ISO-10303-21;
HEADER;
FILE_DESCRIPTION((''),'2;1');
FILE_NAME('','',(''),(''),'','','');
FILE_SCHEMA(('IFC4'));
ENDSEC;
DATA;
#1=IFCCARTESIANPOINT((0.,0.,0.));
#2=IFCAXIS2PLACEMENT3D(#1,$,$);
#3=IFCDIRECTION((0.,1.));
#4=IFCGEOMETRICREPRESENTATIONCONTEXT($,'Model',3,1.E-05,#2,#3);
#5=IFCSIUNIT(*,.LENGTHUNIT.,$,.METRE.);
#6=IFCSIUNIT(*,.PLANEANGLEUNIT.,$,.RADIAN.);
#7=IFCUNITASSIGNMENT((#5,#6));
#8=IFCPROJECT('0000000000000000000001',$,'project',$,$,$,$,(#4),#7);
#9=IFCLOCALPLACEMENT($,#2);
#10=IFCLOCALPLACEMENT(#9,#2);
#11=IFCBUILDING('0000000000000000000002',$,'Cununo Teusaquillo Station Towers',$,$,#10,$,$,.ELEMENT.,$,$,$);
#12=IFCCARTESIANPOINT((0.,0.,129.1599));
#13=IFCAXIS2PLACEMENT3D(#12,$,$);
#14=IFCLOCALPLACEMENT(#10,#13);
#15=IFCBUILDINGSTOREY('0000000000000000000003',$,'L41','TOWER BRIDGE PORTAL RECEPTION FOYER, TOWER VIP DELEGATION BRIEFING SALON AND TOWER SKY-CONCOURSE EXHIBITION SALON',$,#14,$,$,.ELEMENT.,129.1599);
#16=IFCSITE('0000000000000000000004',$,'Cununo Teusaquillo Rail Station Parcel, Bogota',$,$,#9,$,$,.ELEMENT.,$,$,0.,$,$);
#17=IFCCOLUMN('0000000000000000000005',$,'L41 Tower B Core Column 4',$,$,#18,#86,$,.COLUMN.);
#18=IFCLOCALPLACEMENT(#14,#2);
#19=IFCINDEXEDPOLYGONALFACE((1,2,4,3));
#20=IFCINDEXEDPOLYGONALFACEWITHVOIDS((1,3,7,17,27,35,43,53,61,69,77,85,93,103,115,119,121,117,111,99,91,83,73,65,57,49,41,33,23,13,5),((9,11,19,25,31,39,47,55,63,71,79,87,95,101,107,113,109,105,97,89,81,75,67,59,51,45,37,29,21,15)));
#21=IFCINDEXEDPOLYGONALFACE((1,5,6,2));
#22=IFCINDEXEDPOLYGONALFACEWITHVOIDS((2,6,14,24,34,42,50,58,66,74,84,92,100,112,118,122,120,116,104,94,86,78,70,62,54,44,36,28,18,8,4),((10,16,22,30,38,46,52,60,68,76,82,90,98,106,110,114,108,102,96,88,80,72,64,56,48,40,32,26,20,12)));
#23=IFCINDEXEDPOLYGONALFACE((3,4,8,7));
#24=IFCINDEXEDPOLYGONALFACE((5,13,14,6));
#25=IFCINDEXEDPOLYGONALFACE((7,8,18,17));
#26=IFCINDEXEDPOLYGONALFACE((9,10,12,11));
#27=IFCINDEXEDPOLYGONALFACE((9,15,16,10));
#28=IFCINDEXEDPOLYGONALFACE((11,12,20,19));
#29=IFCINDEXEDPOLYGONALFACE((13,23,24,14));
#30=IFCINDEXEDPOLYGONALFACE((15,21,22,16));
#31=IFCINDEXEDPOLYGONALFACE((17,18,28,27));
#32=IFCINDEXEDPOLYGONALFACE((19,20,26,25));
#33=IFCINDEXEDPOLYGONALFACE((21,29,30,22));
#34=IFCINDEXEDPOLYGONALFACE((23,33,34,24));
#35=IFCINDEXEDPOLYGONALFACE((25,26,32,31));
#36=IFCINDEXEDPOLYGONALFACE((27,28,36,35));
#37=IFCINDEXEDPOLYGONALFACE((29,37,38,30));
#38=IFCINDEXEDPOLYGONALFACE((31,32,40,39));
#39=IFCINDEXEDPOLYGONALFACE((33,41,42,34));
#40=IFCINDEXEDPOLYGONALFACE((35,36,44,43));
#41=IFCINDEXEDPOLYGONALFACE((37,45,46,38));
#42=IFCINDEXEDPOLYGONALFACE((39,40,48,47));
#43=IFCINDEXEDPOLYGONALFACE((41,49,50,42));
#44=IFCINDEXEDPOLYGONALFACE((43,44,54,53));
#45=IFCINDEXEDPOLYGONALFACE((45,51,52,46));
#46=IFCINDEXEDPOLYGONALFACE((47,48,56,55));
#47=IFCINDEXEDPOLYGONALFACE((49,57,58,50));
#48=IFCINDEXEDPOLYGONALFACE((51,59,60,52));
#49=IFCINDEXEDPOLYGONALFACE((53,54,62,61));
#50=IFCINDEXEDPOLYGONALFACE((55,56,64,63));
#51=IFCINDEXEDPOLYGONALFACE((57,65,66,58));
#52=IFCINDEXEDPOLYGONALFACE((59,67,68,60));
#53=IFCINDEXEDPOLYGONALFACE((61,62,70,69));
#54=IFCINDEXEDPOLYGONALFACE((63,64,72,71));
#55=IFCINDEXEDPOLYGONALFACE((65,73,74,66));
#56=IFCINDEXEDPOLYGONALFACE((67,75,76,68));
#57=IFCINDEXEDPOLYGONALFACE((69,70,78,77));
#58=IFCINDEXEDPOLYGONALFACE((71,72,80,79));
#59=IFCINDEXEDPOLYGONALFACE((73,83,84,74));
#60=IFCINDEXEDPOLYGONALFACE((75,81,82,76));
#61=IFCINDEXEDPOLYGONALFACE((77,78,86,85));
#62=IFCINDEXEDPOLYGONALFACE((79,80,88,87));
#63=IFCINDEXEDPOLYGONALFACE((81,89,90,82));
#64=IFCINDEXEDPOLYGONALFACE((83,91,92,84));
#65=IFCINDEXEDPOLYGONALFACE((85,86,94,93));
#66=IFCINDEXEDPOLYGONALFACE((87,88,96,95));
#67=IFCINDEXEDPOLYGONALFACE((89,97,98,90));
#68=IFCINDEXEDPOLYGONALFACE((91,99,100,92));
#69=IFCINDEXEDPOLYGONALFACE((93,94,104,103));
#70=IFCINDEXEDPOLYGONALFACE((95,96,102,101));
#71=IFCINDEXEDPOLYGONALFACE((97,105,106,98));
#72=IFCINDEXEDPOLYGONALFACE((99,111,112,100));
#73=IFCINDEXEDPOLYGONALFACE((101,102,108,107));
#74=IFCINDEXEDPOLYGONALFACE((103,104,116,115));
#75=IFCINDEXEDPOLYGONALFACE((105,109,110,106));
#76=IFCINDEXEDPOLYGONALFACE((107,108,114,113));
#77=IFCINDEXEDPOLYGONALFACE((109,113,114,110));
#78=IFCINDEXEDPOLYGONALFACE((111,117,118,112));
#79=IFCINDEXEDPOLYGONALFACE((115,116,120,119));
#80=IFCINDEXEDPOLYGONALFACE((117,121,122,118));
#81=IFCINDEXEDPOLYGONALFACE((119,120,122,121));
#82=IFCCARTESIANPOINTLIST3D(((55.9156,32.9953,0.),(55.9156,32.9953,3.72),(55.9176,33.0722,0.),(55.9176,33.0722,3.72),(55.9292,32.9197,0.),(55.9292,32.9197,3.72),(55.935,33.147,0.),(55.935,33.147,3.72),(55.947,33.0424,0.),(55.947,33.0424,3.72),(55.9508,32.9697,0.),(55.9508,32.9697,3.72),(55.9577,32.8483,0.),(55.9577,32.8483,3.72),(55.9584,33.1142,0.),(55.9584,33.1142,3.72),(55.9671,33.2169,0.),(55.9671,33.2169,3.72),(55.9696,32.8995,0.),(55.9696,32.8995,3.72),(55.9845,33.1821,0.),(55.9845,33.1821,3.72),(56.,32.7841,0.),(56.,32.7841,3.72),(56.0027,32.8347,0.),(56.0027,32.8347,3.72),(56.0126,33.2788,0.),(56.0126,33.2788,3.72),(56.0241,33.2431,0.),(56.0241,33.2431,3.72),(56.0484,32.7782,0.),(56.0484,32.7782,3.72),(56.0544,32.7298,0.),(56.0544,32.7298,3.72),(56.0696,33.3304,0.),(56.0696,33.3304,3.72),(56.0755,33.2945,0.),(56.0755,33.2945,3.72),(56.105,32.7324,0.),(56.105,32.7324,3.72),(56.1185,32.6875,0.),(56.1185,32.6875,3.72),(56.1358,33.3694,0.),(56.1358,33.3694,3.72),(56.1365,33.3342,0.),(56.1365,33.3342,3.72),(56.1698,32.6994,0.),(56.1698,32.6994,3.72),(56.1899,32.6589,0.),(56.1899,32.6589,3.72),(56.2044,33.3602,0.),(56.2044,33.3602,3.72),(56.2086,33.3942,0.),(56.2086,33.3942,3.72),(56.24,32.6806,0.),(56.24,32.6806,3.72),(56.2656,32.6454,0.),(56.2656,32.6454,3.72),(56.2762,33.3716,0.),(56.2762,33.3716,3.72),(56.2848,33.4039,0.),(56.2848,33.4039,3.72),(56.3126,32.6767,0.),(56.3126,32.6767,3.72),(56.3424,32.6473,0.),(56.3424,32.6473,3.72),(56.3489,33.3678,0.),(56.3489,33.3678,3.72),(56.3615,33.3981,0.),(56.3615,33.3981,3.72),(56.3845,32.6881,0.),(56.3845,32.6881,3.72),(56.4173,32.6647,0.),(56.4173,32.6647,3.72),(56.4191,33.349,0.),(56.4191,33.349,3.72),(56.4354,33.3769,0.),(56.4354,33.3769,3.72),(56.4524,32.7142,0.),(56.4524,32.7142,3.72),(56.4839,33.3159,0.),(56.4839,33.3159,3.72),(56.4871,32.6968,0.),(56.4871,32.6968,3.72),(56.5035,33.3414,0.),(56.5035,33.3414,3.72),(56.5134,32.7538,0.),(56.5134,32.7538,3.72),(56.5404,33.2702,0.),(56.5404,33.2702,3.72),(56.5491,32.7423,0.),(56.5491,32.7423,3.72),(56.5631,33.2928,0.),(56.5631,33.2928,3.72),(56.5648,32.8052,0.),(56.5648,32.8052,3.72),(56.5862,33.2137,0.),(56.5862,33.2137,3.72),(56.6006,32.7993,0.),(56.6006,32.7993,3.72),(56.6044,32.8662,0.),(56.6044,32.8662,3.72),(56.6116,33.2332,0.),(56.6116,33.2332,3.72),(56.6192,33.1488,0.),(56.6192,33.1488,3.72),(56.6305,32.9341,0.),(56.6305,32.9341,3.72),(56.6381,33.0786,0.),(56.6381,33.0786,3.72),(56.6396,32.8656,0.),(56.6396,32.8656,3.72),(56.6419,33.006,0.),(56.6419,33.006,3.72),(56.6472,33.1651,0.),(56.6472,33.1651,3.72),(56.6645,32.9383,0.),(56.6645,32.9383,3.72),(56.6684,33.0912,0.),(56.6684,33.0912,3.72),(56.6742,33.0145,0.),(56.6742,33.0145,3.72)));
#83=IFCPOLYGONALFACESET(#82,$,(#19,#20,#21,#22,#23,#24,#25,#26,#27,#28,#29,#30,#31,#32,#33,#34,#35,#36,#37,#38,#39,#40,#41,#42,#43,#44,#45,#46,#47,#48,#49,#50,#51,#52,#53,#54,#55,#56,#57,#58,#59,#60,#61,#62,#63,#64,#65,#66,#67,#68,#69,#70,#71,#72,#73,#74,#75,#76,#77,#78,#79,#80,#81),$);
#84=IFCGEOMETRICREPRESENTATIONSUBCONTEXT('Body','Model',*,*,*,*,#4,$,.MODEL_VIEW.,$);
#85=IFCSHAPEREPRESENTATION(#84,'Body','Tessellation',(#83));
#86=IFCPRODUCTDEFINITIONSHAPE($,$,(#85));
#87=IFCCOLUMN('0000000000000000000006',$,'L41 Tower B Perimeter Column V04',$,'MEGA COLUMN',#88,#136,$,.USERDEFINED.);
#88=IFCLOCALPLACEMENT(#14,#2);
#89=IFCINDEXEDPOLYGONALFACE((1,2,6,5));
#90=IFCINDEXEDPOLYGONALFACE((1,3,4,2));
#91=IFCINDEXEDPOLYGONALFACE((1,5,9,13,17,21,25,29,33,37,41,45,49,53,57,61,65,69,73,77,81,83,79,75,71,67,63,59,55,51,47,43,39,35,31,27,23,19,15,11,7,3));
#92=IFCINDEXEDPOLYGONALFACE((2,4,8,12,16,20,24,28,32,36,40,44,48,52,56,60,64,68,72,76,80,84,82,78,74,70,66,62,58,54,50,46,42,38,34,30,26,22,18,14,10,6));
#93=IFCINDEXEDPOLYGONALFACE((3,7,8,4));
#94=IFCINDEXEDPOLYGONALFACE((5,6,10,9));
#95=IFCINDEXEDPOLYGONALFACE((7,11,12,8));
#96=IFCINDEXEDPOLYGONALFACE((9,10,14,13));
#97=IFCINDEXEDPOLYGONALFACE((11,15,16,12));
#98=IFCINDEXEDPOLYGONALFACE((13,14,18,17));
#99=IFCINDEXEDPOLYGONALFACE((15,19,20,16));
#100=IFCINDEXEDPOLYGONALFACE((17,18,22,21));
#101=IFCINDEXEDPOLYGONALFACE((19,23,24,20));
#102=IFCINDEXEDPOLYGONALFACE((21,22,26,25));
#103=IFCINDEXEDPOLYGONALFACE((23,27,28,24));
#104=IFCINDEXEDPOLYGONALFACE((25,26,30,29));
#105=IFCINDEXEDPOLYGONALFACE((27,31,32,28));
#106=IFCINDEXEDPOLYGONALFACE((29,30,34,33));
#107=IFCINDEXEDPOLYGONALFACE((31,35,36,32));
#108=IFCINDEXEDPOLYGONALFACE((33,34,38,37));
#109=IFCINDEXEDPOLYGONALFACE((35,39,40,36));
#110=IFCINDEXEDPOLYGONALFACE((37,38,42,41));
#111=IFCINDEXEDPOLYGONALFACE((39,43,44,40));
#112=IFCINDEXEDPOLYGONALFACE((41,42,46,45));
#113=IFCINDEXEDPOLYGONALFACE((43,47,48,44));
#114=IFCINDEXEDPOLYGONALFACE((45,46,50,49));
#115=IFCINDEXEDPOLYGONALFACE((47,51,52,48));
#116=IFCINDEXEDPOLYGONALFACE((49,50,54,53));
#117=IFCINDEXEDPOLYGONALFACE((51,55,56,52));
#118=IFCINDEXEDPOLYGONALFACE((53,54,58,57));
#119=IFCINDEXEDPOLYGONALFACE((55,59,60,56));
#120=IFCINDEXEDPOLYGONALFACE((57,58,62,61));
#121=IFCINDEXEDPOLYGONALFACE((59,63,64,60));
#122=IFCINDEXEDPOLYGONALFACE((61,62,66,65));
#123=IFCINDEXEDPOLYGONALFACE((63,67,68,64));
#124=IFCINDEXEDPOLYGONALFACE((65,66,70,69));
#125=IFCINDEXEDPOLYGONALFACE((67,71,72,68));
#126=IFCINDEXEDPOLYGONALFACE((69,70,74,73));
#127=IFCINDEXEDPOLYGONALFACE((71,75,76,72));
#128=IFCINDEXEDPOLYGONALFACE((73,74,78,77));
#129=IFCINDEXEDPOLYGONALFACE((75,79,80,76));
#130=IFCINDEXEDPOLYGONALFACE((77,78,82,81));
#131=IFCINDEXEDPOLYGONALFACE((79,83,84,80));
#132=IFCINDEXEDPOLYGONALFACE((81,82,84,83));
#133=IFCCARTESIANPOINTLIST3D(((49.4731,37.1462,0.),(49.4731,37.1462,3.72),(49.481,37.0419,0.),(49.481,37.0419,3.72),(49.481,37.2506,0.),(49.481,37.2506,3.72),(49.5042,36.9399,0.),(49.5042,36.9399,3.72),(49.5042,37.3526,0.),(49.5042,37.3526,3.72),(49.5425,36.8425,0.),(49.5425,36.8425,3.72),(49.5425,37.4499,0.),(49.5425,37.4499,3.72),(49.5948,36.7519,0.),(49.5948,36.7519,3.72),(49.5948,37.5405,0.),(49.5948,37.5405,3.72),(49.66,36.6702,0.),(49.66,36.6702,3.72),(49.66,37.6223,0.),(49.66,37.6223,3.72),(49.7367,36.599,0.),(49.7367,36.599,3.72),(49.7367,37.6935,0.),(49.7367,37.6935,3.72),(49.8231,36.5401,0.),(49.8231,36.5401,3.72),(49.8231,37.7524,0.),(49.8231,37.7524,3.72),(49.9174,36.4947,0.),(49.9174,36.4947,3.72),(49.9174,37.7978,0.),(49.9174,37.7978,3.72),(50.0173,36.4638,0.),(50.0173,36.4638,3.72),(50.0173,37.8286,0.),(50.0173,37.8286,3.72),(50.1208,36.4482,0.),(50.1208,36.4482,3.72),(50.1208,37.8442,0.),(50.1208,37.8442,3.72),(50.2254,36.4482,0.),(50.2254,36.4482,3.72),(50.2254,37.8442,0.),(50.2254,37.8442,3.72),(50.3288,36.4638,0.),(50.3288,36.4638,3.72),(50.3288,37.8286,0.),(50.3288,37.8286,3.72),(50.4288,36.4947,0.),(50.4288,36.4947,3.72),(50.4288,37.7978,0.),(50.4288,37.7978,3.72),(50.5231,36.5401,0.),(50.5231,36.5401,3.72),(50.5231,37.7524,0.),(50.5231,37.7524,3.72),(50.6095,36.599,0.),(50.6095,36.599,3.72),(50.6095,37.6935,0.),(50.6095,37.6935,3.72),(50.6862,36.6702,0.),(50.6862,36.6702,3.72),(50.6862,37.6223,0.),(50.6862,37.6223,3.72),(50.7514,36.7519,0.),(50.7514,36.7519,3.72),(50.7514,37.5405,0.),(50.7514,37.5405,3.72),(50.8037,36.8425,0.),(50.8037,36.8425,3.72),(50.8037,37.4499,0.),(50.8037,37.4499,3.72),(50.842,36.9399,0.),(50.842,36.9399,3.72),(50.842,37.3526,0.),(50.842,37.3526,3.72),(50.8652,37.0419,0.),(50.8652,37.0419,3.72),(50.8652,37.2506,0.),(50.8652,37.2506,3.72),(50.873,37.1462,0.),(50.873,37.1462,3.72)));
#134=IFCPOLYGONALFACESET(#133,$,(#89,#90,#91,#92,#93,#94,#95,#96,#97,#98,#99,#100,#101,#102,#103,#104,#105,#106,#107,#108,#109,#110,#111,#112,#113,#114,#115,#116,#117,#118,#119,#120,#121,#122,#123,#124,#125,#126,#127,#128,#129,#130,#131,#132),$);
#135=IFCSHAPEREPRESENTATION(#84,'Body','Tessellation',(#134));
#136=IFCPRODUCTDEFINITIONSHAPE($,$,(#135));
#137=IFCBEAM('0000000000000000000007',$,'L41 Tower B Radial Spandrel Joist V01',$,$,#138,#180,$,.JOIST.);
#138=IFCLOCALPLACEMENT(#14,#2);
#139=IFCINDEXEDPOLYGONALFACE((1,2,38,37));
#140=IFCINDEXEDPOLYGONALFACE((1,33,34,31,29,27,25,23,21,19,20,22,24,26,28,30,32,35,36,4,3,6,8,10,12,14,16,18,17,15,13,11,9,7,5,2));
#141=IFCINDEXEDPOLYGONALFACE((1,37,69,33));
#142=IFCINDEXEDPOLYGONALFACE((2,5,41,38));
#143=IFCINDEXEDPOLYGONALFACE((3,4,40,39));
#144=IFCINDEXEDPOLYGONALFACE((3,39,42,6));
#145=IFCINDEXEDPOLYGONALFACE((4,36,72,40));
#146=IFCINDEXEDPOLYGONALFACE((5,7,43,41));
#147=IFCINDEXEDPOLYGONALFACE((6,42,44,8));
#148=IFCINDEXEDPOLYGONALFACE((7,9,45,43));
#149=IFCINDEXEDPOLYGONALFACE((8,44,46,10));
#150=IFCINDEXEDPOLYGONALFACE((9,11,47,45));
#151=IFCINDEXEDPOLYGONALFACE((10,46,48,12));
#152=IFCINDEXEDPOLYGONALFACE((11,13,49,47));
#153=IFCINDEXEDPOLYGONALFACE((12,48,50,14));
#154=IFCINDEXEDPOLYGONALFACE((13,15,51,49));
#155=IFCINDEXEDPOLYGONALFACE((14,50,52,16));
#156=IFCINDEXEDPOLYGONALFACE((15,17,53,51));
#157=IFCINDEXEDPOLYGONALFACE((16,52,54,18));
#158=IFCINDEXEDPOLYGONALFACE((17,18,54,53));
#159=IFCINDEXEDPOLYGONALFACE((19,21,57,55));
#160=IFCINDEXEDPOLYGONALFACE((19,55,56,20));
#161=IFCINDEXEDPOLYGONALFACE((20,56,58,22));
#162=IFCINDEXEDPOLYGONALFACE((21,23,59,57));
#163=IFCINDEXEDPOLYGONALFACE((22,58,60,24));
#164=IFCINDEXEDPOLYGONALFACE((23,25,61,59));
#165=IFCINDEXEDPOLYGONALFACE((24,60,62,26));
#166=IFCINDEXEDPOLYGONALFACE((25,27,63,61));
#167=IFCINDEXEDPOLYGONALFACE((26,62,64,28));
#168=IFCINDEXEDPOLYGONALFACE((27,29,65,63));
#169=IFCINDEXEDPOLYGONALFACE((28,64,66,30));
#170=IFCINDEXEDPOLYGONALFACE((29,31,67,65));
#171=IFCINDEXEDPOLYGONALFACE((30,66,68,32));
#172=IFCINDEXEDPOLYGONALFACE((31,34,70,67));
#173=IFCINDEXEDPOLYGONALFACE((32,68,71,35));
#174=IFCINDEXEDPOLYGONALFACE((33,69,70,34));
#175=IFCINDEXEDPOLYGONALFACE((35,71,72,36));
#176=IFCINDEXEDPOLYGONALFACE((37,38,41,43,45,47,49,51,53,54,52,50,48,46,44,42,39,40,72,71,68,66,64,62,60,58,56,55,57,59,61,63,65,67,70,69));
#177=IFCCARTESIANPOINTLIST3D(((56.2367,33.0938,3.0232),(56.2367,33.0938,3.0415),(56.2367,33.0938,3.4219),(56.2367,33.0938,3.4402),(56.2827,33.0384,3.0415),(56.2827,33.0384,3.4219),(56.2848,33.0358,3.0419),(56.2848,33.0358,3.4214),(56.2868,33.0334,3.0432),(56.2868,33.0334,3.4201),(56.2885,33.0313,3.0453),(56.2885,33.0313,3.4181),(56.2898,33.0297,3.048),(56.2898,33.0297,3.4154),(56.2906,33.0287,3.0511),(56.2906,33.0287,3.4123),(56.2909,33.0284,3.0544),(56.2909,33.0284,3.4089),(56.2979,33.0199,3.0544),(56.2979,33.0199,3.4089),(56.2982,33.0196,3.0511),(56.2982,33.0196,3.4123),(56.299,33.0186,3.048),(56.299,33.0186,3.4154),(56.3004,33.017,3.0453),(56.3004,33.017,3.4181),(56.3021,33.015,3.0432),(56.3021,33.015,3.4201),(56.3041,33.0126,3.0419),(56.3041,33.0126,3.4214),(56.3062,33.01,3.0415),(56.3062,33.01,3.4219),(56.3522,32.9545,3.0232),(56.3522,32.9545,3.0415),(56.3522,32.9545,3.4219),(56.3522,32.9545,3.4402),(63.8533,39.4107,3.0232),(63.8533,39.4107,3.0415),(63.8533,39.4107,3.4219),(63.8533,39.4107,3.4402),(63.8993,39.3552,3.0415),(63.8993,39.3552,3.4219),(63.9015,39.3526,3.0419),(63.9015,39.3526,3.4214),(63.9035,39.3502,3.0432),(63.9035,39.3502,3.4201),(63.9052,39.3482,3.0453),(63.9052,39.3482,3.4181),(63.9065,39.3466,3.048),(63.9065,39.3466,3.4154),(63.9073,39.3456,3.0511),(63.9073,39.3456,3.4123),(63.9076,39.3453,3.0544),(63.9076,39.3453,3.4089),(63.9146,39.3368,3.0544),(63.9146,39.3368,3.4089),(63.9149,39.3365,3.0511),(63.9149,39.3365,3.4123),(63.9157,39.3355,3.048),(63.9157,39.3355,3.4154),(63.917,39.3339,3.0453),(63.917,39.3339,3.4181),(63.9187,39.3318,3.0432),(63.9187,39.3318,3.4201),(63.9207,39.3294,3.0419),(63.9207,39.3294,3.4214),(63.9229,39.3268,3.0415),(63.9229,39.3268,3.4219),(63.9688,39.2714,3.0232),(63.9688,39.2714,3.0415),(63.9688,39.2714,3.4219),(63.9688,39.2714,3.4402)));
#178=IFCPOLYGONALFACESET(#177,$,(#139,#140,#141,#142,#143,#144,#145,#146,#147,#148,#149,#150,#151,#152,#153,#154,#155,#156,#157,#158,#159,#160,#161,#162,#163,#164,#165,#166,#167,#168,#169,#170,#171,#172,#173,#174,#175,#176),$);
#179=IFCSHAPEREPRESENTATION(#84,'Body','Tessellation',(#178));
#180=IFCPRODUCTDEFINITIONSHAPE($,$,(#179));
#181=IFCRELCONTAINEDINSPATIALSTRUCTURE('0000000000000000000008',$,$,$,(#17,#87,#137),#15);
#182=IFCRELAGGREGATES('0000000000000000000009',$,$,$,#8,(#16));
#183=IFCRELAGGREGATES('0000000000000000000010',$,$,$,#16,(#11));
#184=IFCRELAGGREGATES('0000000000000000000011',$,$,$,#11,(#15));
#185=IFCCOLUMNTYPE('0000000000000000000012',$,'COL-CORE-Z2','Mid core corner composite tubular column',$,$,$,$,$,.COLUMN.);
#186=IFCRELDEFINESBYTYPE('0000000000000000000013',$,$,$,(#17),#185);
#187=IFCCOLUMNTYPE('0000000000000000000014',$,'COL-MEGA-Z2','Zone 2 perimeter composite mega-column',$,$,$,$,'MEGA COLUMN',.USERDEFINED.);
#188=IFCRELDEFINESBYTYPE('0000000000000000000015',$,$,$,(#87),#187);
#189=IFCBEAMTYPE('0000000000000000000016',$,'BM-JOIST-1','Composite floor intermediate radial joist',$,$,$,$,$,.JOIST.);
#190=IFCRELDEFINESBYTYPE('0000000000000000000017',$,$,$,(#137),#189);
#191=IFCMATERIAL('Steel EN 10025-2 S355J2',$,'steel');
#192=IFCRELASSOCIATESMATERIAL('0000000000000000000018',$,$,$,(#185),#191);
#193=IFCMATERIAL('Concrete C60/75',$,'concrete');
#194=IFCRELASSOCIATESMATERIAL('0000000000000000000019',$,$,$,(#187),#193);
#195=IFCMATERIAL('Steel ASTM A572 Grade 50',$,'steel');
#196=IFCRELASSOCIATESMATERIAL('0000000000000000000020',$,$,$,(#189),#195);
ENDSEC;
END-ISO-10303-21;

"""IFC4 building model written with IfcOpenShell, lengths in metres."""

from ifc_helpers import new_model, si_unit, direction, frame, origin, origin_2d, place, context, subcontext, project, spatial, circle, hollow_circle, i_section, extrude, material, material_profile, profile_set, type_object, element, save


model = new_model("IFC4")

# Units and contexts
model_context = context("Model", 3, precision=1e-05, world=origin(), true_north=direction((0.0, 1.0)))
body_context = subcontext(model_context, "Body", "Model", "MODEL_VIEW")
ifc_project = project(units=[si_unit("LENGTHUNIT", "METRE"), si_unit("PLANEANGLEUNIT", "RADIAN")], contexts=[model_context])

# Site, building, storey
site_placement = place(None, origin())
site = spatial("IfcSite", under=ifc_project, at=site_placement, Name="Cununo Teusaquillo Rail Station Parcel, Bogota", CompositionType="ELEMENT", RefElevation=0.0)
building_placement = place(site_placement, origin())
building = spatial("IfcBuilding", under=site, at=building_placement, Name="Cununo Teusaquillo Station Towers", CompositionType="ELEMENT")
storey_placement = place(building_placement, frame((0.0, 0.0, 129.1599)))
storey = spatial("IfcBuildingStorey", under=building, at=storey_placement, Name="L41", Description="TOWER BRIDGE PORTAL RECEPTION FOYER, TOWER VIP DELEGATION BRIEFING SALON AND TOWER SKY-CONCOURSE EXHIBITION SALON", CompositionType="ELEMENT", Elevation=129.1599)

# Columns
ifc_material_1 = material(Name="Steel EN 10025-2 S355J2", Category="steel")
ifc_material_profile_1 = material_profile(ifc_material_1, hollow_circle(Radius=0.3799, WallThickness=0.032, at=origin_2d()), Name="CHS 760x32")
ifc_profile_set_1 = profile_set([ifc_material_profile_1], Name="Steel EN 10025-2 S355J2")
column_type_1 = type_object("IfcColumnType", Name="COL-CORE-Z2", Description="Mid core corner composite tubular column", PredefinedType="COLUMN", material=ifc_profile_set_1)
column_1_placement = place(storey_placement, frame((56.2944, 33.0242, 0.0), z_axis=(0.0, 0.0, 1.0), x_axis=(0.707107, 0.707107, 0.0)))
element("IfcColumn", 1, at=column_1_placement, inside=storey, type_object=column_type_1, Name="L41 Tower B Core Column 4", PredefinedType="COLUMN", context=body_context, shape_type="SweptSolid", body=[
    extrude(hollow_circle(Radius=0.3799, WallThickness=0.032, at=origin_2d()), origin(), (0.0, 0.0, 1.0), 3.72),
])
ifc_material_2 = material(Name="Concrete C60/75", Category="concrete")
ifc_material_profile_2 = material_profile(ifc_material_2, circle(Radius=0.7, at=origin_2d()), Name="RC-CIRC-1400")
ifc_profile_set_2 = profile_set([ifc_material_profile_2], Name="Concrete C60/75")
column_type_2 = type_object("IfcColumnType", Name="COL-MEGA-Z2", Description="Zone 2 perimeter composite mega-column", ElementType="MEGA COLUMN", PredefinedType="USERDEFINED", material=ifc_profile_set_2)
column_2_placement = place(storey_placement, frame((50.1731, 37.1462, 0.0), z_axis=(0.0, 0.0, 1.0), x_axis=(1.0, 0.0, 0.0)))
element("IfcColumn", 2, at=column_2_placement, inside=storey, type_object=column_type_2, Name="L41 Tower B Perimeter Column V04", ObjectType="MEGA COLUMN", PredefinedType="USERDEFINED", context=body_context, shape_type="SweptSolid", body=[
    extrude(circle(Radius=0.7, at=origin_2d()), origin(), (0.0, 0.0, 1.0), 3.72),
])

# Beam
ifc_material_3 = material(Name="Steel ASTM A572 Grade 50", Category="steel")
ifc_material_profile_3 = material_profile(ifc_material_3, i_section(OverallWidth=0.1809, OverallDepth=0.417, WebThickness=0.011, FlangeThickness=0.0183, FilletRadius=0.0129, at=origin_2d()), Name="W16X57")
ifc_profile_set_3 = profile_set([ifc_material_profile_3], Name="Steel ASTM A572 Grade 50")
beam_type_1 = type_object("IfcBeamType", Name="BM-JOIST-1", Description="Composite floor intermediate radial joist", PredefinedType="JOIST", material=ifc_profile_set_3)
beam_1_placement = place(storey_placement, frame((56.2944, 33.0242, 3.2317), z_axis=(0.769728, 0.638372, 0.0), x_axis=(-0.638372, 0.769728, 0.0)))
element("IfcBeam", 3, at=beam_1_placement, inside=storey, type_object=beam_type_1, Name="L41 Tower B Radial Spandrel Joist V01", PredefinedType="JOIST", context=body_context, shape_type="SweptSolid", body=[
    extrude(i_section(OverallWidth=0.1809, OverallDepth=0.417, WebThickness=0.011, FlangeThickness=0.0183, FilletRadius=0.0129, at=origin_2d()), origin(), (0.0, 0.0, 1.0), 9.8953),
])

save(model, "model.ifc")
